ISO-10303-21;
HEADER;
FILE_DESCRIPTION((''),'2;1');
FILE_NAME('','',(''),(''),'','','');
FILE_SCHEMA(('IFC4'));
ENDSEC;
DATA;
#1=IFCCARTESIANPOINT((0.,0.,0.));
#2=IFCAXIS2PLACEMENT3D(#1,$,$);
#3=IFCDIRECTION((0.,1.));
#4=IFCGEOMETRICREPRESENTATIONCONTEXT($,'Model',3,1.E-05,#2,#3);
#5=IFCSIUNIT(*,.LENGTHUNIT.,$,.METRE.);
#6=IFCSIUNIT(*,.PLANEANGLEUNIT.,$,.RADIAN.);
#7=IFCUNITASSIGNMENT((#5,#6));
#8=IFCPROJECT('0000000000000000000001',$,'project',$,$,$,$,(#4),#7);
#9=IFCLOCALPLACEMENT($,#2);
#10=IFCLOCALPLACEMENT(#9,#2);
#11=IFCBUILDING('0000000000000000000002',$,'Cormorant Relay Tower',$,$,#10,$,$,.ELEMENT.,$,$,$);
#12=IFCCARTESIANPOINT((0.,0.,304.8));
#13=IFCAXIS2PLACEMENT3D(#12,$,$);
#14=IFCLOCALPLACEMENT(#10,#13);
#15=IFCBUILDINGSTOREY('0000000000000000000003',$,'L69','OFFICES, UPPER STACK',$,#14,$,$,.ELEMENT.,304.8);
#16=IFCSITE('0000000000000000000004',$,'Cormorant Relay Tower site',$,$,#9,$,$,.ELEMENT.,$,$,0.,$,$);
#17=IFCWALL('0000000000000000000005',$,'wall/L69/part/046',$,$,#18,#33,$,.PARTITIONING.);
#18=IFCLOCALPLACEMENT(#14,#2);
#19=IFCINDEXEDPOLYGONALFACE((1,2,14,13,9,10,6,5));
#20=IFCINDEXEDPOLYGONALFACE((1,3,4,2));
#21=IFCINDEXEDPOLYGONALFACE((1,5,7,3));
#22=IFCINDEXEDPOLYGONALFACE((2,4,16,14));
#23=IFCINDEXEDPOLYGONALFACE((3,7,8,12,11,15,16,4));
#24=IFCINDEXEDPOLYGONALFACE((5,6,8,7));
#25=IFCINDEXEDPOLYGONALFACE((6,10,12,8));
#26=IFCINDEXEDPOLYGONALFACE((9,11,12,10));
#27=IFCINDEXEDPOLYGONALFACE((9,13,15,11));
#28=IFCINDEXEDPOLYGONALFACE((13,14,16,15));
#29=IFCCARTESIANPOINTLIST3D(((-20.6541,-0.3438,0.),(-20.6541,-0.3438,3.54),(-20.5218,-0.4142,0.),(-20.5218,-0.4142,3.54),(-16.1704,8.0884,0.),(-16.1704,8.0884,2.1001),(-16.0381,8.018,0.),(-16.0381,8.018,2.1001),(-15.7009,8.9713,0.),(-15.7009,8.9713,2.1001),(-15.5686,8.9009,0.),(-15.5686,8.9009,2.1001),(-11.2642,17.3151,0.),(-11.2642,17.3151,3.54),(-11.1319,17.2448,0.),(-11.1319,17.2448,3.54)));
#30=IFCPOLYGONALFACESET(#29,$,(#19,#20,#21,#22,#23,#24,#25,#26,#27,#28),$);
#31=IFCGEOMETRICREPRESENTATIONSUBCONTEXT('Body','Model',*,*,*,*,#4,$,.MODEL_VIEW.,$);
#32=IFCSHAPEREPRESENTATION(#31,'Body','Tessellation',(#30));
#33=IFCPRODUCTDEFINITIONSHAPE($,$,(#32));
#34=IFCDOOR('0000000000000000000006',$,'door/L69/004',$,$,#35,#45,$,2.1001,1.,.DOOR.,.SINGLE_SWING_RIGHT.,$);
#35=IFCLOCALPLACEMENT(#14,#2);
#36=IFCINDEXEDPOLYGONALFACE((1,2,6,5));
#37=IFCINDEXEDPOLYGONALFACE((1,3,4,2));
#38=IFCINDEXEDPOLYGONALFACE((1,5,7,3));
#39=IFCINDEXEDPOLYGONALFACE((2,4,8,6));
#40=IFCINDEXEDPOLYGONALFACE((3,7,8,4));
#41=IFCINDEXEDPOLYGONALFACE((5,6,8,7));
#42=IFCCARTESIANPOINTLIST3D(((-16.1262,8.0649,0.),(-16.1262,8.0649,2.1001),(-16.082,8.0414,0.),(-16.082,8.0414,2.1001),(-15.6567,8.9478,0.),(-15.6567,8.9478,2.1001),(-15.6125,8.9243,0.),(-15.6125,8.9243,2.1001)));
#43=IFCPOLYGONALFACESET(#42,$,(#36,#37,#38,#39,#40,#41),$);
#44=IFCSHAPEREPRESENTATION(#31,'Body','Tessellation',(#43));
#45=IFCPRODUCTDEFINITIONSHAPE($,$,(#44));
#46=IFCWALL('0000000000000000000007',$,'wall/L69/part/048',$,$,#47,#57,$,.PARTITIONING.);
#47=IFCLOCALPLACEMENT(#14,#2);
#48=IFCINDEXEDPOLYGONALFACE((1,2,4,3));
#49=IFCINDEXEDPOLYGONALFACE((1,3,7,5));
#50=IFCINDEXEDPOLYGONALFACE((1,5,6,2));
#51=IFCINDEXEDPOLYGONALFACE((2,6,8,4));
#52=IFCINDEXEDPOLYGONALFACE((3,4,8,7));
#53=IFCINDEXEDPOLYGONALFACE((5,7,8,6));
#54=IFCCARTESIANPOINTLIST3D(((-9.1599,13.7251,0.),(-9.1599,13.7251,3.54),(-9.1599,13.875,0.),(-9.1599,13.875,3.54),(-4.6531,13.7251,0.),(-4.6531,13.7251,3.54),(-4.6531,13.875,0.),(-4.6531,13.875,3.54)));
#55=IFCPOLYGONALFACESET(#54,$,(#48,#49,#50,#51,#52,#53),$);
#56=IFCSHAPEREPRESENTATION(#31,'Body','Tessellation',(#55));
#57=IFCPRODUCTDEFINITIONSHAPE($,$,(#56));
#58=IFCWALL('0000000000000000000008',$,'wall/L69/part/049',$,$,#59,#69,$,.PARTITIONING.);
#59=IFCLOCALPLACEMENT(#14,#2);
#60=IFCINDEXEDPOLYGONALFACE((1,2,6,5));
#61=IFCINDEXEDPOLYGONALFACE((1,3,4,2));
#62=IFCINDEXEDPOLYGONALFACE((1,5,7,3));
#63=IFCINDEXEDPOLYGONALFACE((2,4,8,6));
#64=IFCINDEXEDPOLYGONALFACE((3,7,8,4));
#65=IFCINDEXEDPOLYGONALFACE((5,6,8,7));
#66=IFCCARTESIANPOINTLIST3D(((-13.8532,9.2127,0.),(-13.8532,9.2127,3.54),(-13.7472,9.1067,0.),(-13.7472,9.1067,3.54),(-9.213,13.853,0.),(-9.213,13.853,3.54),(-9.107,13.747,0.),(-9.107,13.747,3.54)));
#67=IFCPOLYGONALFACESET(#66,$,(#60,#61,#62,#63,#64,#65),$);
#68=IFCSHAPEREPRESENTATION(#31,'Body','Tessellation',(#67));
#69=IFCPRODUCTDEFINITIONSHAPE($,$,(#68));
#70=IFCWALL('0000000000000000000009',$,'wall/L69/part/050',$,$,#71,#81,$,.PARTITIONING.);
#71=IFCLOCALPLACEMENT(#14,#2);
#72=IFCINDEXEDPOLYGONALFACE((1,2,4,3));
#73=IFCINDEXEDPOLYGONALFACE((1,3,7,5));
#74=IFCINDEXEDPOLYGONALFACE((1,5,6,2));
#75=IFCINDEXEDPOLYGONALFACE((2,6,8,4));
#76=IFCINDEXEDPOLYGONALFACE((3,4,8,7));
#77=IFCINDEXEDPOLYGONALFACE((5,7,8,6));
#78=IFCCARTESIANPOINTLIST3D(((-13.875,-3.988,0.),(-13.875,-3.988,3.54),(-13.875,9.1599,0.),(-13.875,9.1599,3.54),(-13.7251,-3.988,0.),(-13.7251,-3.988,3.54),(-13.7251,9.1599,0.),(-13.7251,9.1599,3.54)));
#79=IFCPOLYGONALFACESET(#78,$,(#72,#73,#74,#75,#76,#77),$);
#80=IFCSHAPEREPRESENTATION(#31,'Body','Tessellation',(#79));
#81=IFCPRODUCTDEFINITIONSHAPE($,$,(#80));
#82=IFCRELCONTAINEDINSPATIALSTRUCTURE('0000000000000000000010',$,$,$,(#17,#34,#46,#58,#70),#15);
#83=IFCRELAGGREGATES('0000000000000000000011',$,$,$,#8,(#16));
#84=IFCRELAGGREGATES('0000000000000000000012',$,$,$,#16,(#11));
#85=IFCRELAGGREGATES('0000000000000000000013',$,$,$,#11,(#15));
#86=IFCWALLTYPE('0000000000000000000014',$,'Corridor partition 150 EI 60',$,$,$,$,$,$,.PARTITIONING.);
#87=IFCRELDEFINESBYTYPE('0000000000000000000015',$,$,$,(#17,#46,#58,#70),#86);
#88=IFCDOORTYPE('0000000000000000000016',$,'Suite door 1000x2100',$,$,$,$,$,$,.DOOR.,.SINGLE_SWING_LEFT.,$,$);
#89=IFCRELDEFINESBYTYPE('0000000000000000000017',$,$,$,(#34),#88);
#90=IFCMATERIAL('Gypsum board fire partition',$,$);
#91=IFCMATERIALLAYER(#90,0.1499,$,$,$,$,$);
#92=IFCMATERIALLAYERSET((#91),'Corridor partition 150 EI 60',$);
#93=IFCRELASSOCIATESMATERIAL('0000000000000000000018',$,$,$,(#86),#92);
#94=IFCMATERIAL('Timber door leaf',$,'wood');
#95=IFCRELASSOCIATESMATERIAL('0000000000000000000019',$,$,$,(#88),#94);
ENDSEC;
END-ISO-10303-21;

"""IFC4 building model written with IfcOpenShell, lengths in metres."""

from ifc_helpers import new_model, si_unit, direction, frame, frame_2d, origin, place, context, subcontext, project, spatial, rectangle, extrude, material, layer, layer_set, type_object, element, fill, save


model = new_model("IFC4")

# Units and contexts
model_context = context("Model", 3, precision=1e-05, world=origin(), true_north=direction((0.0, 1.0)))
body_context = subcontext(model_context, "Body", "Model", "MODEL_VIEW")
ifc_project = project(units=[si_unit("LENGTHUNIT", "METRE"), si_unit("PLANEANGLEUNIT", "RADIAN")], contexts=[model_context])

# Site, building, storey
site_placement = place(None, origin())
site = spatial("IfcSite", under=ifc_project, at=site_placement, Name="Cormorant Relay Tower site", CompositionType="ELEMENT", RefElevation=0.0)
building_placement = place(site_placement, origin())
building = spatial("IfcBuilding", under=site, at=building_placement, Name="Cormorant Relay Tower", CompositionType="ELEMENT")
storey_placement = place(building_placement, frame((0.0, 0.0, 304.8)))
storey = spatial("IfcBuildingStorey", under=building, at=storey_placement, Name="L69", Description="OFFICES, UPPER STACK", CompositionType="ELEMENT", Elevation=304.8)

# Wall, opening, door
ifc_material_1 = material(Name="Gypsum board fire partition")
ifc_layer_1 = layer(ifc_material_1, 0.1499)
ifc_layer_set_1 = layer_set([ifc_layer_1], Name="Corridor partition 150 EI 60")
wall_type_1 = type_object("IfcWallType", Name="Corridor partition 150 EI 60", PredefinedType="PARTITIONING", material=ifc_layer_set_1)
wall_1_placement = place(storey_placement, frame((-20.5879, -0.3789, 0.0), z_axis=(0.0, 0.0, 1.0), x_axis=(0.46949, 0.882938, 0.0)))
wall_1 = element("IfcWall", 1, at=wall_1_placement, inside=storey, type_object=wall_type_1, Name="wall/L69/part/046", PredefinedType="PARTITIONING", context=body_context, shape_type="SweptSolid", body=[
    extrude(rectangle(XDim=20.0002, YDim=0.1499, at=frame_2d((10.0, 0.0))), origin(), (0.0, 0.0, 1.0), 3.54),
])
opening_1_placement = place(wall_1_placement, frame((9.55, 0.0, 0.0)))
opening_1 = element("IfcOpeningElement", 2, at=opening_1_placement, cuts=wall_1, PredefinedType="OPENING", context=body_context, shape_type="SweptSolid", body=[
    extrude(rectangle(XDim=1.0, YDim=2.1001, at=frame_2d((0.5, 1.05))), frame((0.0, 0.085, 0.0), z_axis=(0.0, -1.0, 0.0), x_axis=(1.0, 0.0, 0.0)), (0.0, 0.0, 1.0), 0.1699),
])
ifc_material_2 = material(Name="Timber door leaf", Category="wood")
door_type_1 = type_object("IfcDoorType", Name="Suite door 1000x2100", OperationType="SINGLE_SWING_LEFT", PredefinedType="DOOR", material=ifc_material_2)
door_1_placement = place(opening_1_placement, origin())
door_1 = element("IfcDoor", 3, at=door_1_placement, inside=storey, type_object=door_type_1, Name="door/L69/004", OperationType="SINGLE_SWING_RIGHT", OverallHeight=2.1001, OverallWidth=1.0, PredefinedType="DOOR", context=body_context, shape_type="SweptSolid", body=[
    extrude(rectangle(XDim=1.0, YDim=2.1001, at=frame_2d((0.5, 1.05))), frame((0.0, 0.0249, 0.0), z_axis=(0.0, -1.0, 0.0), x_axis=(1.0, 0.0, 0.0)), (0.0, 0.0, 1.0), 0.05),
])
fill(opening_1, door_1)

# Walls
wall_2_placement = place(storey_placement, frame((-4.6531, 13.8, 0.0), z_axis=(0.0, 0.0, 1.0), x_axis=(-1.0, 0.0, 0.0)))
element("IfcWall", 4, at=wall_2_placement, inside=storey, type_object=wall_type_1, Name="wall/L69/part/048", PredefinedType="PARTITIONING", context=body_context, shape_type="SweptSolid", body=[
    extrude(rectangle(XDim=4.5068, YDim=0.1499, at=frame_2d((2.2534, 0.0))), origin(), (0.0, 0.0, 1.0), 3.54),
])
wall_3_placement = place(storey_placement, frame((-9.1599, 13.8, 0.0), z_axis=(0.0, 0.0, 1.0), x_axis=(-0.707107, -0.707107, 0.0)))
element("IfcWall", 5, at=wall_3_placement, inside=storey, type_object=wall_type_1, Name="wall/L69/part/049", PredefinedType="PARTITIONING", context=body_context, shape_type="SweptSolid", body=[
    extrude(rectangle(XDim=6.5623, YDim=0.1499, at=frame_2d((3.2812, 0.0))), origin(), (0.0, 0.0, 1.0), 3.54),
])
wall_4_placement = place(storey_placement, frame((-13.8, 9.1599, 0.0), z_axis=(0.0, 0.0, 1.0), x_axis=(0.0, -1.0, 0.0)))
element("IfcWall", 6, at=wall_4_placement, inside=storey, type_object=wall_type_1, Name="wall/L69/part/050", PredefinedType="PARTITIONING", context=body_context, shape_type="SweptSolid", body=[
    extrude(rectangle(XDim=13.1479, YDim=0.1499, at=frame_2d((6.574, 0.0))), origin(), (0.0, 0.0, 1.0), 3.54),
])

save(model, "model.ifc")
